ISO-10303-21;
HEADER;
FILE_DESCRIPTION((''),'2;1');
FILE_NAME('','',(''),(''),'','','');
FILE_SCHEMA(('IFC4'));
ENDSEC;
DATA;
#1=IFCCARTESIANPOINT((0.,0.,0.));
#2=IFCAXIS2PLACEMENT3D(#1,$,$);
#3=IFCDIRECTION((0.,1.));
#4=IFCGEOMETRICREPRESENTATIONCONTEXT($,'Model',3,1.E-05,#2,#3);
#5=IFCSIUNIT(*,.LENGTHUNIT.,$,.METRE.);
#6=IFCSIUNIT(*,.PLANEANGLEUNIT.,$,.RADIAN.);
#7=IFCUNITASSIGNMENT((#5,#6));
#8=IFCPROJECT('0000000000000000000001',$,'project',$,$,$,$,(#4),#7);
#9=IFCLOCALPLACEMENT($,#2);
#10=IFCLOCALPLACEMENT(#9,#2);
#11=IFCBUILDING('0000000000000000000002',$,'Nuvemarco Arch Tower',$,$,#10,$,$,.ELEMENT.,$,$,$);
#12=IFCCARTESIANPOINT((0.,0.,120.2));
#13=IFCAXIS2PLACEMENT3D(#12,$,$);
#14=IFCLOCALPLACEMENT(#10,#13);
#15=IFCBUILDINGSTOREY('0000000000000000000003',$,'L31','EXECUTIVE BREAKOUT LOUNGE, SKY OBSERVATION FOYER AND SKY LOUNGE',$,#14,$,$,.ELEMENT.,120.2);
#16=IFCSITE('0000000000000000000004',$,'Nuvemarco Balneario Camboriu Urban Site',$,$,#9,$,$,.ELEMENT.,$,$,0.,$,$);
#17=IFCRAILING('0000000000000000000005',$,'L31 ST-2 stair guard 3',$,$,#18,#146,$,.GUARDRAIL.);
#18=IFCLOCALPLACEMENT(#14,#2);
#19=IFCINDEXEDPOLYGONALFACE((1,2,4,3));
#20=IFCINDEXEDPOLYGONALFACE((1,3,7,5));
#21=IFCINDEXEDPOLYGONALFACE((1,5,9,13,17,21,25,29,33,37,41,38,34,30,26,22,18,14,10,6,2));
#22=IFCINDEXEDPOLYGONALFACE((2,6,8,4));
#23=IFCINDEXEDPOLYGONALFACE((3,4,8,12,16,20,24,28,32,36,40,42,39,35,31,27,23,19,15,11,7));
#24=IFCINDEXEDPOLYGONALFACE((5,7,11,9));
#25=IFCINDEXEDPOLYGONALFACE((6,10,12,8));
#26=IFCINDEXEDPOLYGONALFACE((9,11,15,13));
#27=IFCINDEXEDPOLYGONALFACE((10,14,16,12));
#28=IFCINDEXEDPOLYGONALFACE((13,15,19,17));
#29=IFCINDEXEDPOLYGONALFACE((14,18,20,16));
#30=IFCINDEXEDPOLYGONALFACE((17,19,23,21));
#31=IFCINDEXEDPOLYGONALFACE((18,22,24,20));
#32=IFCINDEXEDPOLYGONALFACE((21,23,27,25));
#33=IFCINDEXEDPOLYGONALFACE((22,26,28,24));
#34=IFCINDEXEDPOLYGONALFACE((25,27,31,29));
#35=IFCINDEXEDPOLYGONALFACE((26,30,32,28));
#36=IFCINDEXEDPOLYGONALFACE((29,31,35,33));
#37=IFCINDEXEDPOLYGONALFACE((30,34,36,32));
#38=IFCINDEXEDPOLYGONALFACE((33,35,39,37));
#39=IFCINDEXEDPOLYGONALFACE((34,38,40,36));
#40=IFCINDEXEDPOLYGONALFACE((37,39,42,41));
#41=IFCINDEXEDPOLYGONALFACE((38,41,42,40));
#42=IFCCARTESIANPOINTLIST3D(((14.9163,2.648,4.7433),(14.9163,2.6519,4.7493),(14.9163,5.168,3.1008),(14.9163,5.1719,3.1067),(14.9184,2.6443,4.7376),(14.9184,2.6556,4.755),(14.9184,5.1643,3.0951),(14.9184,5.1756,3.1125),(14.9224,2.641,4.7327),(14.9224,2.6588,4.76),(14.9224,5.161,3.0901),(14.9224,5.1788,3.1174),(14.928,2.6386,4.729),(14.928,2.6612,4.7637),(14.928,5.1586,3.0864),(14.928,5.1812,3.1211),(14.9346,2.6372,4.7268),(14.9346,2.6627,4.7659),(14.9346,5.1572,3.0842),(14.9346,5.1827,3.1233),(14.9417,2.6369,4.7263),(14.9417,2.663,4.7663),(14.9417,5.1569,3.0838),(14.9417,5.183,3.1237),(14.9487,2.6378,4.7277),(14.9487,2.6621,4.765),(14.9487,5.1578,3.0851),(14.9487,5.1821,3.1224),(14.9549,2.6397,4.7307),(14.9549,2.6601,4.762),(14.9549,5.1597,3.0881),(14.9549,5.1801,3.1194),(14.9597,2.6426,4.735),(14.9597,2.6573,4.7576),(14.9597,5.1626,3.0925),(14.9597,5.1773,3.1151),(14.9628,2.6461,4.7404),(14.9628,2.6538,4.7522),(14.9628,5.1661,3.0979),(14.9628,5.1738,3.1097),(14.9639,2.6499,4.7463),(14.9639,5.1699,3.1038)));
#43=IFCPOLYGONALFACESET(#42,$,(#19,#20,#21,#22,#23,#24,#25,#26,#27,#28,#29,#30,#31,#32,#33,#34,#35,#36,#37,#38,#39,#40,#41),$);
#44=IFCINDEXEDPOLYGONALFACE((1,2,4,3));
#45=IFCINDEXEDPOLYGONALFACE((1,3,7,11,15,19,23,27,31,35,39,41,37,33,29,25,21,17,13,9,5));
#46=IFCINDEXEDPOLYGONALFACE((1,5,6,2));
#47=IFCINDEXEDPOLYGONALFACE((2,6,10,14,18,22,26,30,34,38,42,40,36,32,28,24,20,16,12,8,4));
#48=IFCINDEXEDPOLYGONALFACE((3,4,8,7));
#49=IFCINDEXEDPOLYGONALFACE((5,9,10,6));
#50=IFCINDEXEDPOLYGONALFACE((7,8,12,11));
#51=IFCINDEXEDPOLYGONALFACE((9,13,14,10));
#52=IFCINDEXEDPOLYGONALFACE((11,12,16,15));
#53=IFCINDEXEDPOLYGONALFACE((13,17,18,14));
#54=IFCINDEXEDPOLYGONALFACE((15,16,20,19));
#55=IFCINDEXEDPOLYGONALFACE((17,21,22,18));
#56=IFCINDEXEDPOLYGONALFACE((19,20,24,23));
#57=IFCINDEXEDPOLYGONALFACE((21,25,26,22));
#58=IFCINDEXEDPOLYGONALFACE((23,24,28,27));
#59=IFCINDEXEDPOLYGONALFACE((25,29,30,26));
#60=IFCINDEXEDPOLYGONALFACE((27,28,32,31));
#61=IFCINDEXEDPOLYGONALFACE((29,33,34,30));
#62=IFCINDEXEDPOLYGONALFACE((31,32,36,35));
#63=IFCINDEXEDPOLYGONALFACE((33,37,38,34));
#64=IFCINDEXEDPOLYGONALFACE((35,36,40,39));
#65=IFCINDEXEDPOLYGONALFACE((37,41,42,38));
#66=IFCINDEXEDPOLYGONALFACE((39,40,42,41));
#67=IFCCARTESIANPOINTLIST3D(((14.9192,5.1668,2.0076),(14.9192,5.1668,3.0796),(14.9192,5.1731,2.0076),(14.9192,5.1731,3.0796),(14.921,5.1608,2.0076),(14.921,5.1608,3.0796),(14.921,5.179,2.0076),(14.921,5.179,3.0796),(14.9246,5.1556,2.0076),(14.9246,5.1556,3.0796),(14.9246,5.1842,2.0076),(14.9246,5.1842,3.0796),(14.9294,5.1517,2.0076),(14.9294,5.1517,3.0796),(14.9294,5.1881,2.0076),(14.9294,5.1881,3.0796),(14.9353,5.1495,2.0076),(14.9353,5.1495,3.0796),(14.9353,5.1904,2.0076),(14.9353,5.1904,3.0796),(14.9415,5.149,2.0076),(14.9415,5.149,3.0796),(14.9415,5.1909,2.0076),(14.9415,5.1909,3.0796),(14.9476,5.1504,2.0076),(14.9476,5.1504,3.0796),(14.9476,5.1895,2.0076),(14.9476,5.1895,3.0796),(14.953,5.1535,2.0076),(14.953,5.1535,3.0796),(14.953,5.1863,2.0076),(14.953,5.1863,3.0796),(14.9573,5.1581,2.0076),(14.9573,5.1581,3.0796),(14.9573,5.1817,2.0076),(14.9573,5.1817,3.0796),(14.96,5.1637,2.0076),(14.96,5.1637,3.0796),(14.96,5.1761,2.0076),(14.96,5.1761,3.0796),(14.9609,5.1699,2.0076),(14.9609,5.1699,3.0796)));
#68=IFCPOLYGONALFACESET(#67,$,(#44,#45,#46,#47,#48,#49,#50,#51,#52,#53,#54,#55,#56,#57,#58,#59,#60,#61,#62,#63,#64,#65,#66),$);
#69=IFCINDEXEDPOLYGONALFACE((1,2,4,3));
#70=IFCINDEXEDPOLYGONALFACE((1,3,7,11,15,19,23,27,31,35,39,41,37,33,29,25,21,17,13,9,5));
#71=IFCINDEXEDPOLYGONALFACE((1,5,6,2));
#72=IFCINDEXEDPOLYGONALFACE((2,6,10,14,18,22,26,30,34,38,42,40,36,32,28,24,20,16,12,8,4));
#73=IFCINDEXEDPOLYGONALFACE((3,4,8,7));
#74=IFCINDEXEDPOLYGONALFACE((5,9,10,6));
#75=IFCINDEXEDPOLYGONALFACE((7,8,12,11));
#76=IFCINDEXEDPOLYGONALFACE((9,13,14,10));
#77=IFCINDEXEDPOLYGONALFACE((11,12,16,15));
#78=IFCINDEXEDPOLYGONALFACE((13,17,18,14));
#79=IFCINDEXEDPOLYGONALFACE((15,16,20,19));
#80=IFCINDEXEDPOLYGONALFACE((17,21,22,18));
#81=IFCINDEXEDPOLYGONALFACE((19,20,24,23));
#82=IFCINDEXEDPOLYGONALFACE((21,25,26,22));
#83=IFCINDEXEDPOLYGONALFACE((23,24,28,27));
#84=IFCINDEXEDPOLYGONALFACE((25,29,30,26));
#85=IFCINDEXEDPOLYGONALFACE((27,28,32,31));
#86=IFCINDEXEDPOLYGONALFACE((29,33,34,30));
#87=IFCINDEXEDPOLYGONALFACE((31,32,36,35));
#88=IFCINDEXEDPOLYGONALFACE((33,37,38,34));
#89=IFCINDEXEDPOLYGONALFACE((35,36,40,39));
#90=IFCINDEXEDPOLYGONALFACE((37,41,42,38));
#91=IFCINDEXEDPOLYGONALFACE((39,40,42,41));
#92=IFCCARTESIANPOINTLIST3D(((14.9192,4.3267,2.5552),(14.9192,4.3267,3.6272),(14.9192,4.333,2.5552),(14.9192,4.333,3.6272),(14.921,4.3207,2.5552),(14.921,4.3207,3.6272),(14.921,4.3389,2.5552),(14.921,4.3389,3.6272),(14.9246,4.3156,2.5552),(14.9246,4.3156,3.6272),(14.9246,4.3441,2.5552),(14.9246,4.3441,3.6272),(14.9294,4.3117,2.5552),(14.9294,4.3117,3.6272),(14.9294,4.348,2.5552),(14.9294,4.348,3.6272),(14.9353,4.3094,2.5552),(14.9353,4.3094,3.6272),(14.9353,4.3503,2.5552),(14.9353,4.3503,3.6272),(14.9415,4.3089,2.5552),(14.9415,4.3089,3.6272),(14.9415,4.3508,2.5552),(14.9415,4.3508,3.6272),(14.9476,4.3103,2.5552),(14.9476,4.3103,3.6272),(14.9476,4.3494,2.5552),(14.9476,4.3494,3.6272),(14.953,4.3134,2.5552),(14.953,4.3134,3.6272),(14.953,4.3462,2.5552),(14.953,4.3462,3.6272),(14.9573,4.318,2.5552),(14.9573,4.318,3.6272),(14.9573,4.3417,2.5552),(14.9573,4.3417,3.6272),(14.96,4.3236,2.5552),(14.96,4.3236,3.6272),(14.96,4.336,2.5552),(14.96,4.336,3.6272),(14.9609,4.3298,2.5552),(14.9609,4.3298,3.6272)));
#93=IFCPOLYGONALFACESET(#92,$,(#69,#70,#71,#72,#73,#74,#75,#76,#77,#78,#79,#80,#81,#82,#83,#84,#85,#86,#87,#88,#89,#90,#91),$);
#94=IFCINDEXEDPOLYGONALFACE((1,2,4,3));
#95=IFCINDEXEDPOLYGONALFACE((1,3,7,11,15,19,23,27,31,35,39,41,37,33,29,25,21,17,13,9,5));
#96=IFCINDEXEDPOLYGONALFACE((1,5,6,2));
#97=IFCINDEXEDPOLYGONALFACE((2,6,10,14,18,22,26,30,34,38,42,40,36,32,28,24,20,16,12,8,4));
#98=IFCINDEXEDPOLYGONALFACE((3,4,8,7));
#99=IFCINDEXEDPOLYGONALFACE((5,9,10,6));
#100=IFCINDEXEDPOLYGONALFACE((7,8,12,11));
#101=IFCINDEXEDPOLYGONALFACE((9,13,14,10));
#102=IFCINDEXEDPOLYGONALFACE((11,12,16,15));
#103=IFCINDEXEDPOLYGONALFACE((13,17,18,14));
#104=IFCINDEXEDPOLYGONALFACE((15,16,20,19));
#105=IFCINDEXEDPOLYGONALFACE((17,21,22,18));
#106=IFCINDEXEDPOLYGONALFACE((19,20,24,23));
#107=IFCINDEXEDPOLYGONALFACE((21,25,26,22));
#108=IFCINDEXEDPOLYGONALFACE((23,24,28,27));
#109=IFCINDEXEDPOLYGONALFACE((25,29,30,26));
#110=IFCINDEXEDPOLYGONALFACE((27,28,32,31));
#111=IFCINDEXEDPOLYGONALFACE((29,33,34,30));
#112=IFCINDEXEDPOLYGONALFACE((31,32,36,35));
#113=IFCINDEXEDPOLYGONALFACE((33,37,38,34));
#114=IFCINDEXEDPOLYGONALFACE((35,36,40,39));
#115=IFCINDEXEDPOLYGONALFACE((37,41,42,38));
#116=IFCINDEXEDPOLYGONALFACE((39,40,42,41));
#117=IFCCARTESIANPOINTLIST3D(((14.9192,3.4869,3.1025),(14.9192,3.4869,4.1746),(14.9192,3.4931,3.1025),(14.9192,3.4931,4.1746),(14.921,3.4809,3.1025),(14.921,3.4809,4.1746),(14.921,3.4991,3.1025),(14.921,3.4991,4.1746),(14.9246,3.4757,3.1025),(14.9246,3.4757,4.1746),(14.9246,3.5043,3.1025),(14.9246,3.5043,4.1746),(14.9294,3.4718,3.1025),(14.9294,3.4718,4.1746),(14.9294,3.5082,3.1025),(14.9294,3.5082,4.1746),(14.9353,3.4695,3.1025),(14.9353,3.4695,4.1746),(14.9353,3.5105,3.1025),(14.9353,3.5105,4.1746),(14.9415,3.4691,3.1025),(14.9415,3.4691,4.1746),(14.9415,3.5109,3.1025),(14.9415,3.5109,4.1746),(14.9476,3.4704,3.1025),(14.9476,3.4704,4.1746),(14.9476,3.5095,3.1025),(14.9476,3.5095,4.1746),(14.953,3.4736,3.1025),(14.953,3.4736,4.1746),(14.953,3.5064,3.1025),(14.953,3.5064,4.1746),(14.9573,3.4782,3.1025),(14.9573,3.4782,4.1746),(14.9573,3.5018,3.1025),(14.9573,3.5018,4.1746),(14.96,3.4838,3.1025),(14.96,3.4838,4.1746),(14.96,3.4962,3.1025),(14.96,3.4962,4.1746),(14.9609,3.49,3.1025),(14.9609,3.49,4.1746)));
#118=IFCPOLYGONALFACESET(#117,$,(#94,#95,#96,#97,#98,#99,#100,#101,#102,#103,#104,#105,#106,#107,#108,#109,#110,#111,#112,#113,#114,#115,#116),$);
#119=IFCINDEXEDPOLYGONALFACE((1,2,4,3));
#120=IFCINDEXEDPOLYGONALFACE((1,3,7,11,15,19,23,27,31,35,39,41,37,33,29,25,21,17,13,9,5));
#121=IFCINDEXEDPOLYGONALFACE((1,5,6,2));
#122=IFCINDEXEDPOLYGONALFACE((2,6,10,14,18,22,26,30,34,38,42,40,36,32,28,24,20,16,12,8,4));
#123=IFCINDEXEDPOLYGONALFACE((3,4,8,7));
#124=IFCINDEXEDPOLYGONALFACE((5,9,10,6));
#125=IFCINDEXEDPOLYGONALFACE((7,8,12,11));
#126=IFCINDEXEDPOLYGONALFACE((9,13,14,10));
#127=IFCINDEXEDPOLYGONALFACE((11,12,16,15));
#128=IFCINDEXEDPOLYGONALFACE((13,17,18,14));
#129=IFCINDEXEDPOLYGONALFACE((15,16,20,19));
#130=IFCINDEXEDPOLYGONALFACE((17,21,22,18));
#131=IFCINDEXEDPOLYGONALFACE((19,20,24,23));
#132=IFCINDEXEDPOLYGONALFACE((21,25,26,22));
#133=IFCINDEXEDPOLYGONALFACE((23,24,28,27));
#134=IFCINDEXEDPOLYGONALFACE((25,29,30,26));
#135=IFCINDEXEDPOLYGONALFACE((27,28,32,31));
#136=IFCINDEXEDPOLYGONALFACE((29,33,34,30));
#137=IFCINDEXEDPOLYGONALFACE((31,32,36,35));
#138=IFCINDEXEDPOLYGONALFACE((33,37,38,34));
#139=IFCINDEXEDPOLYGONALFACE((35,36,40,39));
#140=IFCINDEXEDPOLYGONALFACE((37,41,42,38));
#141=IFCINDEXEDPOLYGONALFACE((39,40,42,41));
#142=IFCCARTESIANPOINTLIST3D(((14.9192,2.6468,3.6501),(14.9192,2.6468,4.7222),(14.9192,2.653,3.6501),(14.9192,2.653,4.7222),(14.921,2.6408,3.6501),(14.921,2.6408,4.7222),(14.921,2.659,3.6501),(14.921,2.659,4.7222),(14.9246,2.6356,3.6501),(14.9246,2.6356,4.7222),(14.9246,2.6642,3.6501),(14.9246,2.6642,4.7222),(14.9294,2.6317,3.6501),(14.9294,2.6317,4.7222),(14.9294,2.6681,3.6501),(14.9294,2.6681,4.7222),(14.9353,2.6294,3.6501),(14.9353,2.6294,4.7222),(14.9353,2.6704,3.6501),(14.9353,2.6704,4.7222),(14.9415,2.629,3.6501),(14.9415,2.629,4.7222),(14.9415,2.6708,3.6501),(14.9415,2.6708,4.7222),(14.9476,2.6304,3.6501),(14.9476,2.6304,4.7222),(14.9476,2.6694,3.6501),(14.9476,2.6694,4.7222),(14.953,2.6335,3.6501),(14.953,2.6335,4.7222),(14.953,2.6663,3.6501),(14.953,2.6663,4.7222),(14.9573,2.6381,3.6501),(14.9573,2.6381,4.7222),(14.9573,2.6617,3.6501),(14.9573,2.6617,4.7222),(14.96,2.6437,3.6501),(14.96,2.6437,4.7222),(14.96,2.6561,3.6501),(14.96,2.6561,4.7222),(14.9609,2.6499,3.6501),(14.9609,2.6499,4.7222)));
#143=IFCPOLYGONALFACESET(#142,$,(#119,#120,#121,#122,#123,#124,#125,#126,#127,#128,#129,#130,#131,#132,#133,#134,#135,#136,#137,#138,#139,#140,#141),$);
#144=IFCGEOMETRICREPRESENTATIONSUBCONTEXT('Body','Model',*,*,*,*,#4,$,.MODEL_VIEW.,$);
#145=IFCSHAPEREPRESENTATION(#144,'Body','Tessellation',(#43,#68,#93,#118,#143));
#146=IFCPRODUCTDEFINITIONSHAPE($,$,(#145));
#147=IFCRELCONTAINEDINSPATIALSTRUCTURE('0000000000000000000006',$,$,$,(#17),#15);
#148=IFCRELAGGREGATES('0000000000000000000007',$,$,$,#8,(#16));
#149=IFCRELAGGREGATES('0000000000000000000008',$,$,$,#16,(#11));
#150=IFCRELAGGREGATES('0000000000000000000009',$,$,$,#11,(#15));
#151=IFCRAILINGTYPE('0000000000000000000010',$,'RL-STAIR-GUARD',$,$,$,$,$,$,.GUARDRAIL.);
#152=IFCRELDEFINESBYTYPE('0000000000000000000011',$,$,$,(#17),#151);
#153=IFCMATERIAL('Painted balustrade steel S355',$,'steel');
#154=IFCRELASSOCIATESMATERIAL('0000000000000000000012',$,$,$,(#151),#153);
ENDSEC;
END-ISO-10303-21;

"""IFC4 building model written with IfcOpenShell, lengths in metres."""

from ifc_helpers import new_model, si_unit, direction, frame, origin, origin_2d, place, context, subcontext, project, spatial, circle, extrude, material, type_object, element, save


model = new_model("IFC4")

# Units and contexts
model_context = context("Model", 3, precision=1e-05, world=origin(), true_north=direction((0.0, 1.0)))
body_context = subcontext(model_context, "Body", "Model", "MODEL_VIEW")
ifc_project = project(units=[si_unit("LENGTHUNIT", "METRE"), si_unit("PLANEANGLEUNIT", "RADIAN")], contexts=[model_context])

# Site, building, storey
site_placement = place(None, origin())
site = spatial("IfcSite", under=ifc_project, at=site_placement, Name="Nuvemarco Balneario Camboriu Urban Site", CompositionType="ELEMENT", RefElevation=0.0)
building_placement = place(site_placement, origin())
building = spatial("IfcBuilding", under=site, at=building_placement, Name="Nuvemarco Arch Tower", CompositionType="ELEMENT")
storey_placement = place(building_placement, frame((0.0, 0.0, 120.2)))
storey = spatial("IfcBuildingStorey", under=building, at=storey_placement, Name="L31", Description="EXECUTIVE BREAKOUT LOUNGE, SKY OBSERVATION FOYER AND SKY LOUNGE", CompositionType="ELEMENT", Elevation=120.2)

# Railing
ifc_material_1 = material(Name="Painted balustrade steel S355", Category="steel")
railing_type_1 = type_object("IfcRailingType", Name="RL-STAIR-GUARD", PredefinedType="GUARDRAIL", material=ifc_material_1)
railing_1_placement = place(storey_placement, frame((14.9399, 5.1699, 2.0076)))
element("IfcRailing", 1, at=railing_1_placement, inside=storey, type_object=railing_type_1, Name="L31 ST-2 stair guard 3", PredefinedType="GUARDRAIL", context=body_context, shape_type="SweptSolid", body=[
    extrude(circle(Radius=0.0239, at=origin_2d()), frame((0.0, 0.0, 1.0962), z_axis=(0.0, -0.837749, 0.546055), x_axis=(1.0, 0.0, 0.0)), (0.0, 0.0, 1.0), 3.0081),
    extrude(circle(Radius=0.021, at=origin_2d()), origin(), (0.0, 0.0, 1.0), 1.072),
    extrude(circle(Radius=0.021, at=origin_2d()), frame((0.0, -0.8401, 0.5476)), (0.0, 0.0, 1.0), 1.072),
    extrude(circle(Radius=0.021, at=origin_2d()), frame((0.0, -1.6799, 1.095)), (0.0, 0.0, 1.0), 1.072),
    extrude(circle(Radius=0.021, at=origin_2d()), frame((0.0, -2.52, 1.6426)), (0.0, 0.0, 1.0), 1.072),
])

save(model, "model.ifc")
